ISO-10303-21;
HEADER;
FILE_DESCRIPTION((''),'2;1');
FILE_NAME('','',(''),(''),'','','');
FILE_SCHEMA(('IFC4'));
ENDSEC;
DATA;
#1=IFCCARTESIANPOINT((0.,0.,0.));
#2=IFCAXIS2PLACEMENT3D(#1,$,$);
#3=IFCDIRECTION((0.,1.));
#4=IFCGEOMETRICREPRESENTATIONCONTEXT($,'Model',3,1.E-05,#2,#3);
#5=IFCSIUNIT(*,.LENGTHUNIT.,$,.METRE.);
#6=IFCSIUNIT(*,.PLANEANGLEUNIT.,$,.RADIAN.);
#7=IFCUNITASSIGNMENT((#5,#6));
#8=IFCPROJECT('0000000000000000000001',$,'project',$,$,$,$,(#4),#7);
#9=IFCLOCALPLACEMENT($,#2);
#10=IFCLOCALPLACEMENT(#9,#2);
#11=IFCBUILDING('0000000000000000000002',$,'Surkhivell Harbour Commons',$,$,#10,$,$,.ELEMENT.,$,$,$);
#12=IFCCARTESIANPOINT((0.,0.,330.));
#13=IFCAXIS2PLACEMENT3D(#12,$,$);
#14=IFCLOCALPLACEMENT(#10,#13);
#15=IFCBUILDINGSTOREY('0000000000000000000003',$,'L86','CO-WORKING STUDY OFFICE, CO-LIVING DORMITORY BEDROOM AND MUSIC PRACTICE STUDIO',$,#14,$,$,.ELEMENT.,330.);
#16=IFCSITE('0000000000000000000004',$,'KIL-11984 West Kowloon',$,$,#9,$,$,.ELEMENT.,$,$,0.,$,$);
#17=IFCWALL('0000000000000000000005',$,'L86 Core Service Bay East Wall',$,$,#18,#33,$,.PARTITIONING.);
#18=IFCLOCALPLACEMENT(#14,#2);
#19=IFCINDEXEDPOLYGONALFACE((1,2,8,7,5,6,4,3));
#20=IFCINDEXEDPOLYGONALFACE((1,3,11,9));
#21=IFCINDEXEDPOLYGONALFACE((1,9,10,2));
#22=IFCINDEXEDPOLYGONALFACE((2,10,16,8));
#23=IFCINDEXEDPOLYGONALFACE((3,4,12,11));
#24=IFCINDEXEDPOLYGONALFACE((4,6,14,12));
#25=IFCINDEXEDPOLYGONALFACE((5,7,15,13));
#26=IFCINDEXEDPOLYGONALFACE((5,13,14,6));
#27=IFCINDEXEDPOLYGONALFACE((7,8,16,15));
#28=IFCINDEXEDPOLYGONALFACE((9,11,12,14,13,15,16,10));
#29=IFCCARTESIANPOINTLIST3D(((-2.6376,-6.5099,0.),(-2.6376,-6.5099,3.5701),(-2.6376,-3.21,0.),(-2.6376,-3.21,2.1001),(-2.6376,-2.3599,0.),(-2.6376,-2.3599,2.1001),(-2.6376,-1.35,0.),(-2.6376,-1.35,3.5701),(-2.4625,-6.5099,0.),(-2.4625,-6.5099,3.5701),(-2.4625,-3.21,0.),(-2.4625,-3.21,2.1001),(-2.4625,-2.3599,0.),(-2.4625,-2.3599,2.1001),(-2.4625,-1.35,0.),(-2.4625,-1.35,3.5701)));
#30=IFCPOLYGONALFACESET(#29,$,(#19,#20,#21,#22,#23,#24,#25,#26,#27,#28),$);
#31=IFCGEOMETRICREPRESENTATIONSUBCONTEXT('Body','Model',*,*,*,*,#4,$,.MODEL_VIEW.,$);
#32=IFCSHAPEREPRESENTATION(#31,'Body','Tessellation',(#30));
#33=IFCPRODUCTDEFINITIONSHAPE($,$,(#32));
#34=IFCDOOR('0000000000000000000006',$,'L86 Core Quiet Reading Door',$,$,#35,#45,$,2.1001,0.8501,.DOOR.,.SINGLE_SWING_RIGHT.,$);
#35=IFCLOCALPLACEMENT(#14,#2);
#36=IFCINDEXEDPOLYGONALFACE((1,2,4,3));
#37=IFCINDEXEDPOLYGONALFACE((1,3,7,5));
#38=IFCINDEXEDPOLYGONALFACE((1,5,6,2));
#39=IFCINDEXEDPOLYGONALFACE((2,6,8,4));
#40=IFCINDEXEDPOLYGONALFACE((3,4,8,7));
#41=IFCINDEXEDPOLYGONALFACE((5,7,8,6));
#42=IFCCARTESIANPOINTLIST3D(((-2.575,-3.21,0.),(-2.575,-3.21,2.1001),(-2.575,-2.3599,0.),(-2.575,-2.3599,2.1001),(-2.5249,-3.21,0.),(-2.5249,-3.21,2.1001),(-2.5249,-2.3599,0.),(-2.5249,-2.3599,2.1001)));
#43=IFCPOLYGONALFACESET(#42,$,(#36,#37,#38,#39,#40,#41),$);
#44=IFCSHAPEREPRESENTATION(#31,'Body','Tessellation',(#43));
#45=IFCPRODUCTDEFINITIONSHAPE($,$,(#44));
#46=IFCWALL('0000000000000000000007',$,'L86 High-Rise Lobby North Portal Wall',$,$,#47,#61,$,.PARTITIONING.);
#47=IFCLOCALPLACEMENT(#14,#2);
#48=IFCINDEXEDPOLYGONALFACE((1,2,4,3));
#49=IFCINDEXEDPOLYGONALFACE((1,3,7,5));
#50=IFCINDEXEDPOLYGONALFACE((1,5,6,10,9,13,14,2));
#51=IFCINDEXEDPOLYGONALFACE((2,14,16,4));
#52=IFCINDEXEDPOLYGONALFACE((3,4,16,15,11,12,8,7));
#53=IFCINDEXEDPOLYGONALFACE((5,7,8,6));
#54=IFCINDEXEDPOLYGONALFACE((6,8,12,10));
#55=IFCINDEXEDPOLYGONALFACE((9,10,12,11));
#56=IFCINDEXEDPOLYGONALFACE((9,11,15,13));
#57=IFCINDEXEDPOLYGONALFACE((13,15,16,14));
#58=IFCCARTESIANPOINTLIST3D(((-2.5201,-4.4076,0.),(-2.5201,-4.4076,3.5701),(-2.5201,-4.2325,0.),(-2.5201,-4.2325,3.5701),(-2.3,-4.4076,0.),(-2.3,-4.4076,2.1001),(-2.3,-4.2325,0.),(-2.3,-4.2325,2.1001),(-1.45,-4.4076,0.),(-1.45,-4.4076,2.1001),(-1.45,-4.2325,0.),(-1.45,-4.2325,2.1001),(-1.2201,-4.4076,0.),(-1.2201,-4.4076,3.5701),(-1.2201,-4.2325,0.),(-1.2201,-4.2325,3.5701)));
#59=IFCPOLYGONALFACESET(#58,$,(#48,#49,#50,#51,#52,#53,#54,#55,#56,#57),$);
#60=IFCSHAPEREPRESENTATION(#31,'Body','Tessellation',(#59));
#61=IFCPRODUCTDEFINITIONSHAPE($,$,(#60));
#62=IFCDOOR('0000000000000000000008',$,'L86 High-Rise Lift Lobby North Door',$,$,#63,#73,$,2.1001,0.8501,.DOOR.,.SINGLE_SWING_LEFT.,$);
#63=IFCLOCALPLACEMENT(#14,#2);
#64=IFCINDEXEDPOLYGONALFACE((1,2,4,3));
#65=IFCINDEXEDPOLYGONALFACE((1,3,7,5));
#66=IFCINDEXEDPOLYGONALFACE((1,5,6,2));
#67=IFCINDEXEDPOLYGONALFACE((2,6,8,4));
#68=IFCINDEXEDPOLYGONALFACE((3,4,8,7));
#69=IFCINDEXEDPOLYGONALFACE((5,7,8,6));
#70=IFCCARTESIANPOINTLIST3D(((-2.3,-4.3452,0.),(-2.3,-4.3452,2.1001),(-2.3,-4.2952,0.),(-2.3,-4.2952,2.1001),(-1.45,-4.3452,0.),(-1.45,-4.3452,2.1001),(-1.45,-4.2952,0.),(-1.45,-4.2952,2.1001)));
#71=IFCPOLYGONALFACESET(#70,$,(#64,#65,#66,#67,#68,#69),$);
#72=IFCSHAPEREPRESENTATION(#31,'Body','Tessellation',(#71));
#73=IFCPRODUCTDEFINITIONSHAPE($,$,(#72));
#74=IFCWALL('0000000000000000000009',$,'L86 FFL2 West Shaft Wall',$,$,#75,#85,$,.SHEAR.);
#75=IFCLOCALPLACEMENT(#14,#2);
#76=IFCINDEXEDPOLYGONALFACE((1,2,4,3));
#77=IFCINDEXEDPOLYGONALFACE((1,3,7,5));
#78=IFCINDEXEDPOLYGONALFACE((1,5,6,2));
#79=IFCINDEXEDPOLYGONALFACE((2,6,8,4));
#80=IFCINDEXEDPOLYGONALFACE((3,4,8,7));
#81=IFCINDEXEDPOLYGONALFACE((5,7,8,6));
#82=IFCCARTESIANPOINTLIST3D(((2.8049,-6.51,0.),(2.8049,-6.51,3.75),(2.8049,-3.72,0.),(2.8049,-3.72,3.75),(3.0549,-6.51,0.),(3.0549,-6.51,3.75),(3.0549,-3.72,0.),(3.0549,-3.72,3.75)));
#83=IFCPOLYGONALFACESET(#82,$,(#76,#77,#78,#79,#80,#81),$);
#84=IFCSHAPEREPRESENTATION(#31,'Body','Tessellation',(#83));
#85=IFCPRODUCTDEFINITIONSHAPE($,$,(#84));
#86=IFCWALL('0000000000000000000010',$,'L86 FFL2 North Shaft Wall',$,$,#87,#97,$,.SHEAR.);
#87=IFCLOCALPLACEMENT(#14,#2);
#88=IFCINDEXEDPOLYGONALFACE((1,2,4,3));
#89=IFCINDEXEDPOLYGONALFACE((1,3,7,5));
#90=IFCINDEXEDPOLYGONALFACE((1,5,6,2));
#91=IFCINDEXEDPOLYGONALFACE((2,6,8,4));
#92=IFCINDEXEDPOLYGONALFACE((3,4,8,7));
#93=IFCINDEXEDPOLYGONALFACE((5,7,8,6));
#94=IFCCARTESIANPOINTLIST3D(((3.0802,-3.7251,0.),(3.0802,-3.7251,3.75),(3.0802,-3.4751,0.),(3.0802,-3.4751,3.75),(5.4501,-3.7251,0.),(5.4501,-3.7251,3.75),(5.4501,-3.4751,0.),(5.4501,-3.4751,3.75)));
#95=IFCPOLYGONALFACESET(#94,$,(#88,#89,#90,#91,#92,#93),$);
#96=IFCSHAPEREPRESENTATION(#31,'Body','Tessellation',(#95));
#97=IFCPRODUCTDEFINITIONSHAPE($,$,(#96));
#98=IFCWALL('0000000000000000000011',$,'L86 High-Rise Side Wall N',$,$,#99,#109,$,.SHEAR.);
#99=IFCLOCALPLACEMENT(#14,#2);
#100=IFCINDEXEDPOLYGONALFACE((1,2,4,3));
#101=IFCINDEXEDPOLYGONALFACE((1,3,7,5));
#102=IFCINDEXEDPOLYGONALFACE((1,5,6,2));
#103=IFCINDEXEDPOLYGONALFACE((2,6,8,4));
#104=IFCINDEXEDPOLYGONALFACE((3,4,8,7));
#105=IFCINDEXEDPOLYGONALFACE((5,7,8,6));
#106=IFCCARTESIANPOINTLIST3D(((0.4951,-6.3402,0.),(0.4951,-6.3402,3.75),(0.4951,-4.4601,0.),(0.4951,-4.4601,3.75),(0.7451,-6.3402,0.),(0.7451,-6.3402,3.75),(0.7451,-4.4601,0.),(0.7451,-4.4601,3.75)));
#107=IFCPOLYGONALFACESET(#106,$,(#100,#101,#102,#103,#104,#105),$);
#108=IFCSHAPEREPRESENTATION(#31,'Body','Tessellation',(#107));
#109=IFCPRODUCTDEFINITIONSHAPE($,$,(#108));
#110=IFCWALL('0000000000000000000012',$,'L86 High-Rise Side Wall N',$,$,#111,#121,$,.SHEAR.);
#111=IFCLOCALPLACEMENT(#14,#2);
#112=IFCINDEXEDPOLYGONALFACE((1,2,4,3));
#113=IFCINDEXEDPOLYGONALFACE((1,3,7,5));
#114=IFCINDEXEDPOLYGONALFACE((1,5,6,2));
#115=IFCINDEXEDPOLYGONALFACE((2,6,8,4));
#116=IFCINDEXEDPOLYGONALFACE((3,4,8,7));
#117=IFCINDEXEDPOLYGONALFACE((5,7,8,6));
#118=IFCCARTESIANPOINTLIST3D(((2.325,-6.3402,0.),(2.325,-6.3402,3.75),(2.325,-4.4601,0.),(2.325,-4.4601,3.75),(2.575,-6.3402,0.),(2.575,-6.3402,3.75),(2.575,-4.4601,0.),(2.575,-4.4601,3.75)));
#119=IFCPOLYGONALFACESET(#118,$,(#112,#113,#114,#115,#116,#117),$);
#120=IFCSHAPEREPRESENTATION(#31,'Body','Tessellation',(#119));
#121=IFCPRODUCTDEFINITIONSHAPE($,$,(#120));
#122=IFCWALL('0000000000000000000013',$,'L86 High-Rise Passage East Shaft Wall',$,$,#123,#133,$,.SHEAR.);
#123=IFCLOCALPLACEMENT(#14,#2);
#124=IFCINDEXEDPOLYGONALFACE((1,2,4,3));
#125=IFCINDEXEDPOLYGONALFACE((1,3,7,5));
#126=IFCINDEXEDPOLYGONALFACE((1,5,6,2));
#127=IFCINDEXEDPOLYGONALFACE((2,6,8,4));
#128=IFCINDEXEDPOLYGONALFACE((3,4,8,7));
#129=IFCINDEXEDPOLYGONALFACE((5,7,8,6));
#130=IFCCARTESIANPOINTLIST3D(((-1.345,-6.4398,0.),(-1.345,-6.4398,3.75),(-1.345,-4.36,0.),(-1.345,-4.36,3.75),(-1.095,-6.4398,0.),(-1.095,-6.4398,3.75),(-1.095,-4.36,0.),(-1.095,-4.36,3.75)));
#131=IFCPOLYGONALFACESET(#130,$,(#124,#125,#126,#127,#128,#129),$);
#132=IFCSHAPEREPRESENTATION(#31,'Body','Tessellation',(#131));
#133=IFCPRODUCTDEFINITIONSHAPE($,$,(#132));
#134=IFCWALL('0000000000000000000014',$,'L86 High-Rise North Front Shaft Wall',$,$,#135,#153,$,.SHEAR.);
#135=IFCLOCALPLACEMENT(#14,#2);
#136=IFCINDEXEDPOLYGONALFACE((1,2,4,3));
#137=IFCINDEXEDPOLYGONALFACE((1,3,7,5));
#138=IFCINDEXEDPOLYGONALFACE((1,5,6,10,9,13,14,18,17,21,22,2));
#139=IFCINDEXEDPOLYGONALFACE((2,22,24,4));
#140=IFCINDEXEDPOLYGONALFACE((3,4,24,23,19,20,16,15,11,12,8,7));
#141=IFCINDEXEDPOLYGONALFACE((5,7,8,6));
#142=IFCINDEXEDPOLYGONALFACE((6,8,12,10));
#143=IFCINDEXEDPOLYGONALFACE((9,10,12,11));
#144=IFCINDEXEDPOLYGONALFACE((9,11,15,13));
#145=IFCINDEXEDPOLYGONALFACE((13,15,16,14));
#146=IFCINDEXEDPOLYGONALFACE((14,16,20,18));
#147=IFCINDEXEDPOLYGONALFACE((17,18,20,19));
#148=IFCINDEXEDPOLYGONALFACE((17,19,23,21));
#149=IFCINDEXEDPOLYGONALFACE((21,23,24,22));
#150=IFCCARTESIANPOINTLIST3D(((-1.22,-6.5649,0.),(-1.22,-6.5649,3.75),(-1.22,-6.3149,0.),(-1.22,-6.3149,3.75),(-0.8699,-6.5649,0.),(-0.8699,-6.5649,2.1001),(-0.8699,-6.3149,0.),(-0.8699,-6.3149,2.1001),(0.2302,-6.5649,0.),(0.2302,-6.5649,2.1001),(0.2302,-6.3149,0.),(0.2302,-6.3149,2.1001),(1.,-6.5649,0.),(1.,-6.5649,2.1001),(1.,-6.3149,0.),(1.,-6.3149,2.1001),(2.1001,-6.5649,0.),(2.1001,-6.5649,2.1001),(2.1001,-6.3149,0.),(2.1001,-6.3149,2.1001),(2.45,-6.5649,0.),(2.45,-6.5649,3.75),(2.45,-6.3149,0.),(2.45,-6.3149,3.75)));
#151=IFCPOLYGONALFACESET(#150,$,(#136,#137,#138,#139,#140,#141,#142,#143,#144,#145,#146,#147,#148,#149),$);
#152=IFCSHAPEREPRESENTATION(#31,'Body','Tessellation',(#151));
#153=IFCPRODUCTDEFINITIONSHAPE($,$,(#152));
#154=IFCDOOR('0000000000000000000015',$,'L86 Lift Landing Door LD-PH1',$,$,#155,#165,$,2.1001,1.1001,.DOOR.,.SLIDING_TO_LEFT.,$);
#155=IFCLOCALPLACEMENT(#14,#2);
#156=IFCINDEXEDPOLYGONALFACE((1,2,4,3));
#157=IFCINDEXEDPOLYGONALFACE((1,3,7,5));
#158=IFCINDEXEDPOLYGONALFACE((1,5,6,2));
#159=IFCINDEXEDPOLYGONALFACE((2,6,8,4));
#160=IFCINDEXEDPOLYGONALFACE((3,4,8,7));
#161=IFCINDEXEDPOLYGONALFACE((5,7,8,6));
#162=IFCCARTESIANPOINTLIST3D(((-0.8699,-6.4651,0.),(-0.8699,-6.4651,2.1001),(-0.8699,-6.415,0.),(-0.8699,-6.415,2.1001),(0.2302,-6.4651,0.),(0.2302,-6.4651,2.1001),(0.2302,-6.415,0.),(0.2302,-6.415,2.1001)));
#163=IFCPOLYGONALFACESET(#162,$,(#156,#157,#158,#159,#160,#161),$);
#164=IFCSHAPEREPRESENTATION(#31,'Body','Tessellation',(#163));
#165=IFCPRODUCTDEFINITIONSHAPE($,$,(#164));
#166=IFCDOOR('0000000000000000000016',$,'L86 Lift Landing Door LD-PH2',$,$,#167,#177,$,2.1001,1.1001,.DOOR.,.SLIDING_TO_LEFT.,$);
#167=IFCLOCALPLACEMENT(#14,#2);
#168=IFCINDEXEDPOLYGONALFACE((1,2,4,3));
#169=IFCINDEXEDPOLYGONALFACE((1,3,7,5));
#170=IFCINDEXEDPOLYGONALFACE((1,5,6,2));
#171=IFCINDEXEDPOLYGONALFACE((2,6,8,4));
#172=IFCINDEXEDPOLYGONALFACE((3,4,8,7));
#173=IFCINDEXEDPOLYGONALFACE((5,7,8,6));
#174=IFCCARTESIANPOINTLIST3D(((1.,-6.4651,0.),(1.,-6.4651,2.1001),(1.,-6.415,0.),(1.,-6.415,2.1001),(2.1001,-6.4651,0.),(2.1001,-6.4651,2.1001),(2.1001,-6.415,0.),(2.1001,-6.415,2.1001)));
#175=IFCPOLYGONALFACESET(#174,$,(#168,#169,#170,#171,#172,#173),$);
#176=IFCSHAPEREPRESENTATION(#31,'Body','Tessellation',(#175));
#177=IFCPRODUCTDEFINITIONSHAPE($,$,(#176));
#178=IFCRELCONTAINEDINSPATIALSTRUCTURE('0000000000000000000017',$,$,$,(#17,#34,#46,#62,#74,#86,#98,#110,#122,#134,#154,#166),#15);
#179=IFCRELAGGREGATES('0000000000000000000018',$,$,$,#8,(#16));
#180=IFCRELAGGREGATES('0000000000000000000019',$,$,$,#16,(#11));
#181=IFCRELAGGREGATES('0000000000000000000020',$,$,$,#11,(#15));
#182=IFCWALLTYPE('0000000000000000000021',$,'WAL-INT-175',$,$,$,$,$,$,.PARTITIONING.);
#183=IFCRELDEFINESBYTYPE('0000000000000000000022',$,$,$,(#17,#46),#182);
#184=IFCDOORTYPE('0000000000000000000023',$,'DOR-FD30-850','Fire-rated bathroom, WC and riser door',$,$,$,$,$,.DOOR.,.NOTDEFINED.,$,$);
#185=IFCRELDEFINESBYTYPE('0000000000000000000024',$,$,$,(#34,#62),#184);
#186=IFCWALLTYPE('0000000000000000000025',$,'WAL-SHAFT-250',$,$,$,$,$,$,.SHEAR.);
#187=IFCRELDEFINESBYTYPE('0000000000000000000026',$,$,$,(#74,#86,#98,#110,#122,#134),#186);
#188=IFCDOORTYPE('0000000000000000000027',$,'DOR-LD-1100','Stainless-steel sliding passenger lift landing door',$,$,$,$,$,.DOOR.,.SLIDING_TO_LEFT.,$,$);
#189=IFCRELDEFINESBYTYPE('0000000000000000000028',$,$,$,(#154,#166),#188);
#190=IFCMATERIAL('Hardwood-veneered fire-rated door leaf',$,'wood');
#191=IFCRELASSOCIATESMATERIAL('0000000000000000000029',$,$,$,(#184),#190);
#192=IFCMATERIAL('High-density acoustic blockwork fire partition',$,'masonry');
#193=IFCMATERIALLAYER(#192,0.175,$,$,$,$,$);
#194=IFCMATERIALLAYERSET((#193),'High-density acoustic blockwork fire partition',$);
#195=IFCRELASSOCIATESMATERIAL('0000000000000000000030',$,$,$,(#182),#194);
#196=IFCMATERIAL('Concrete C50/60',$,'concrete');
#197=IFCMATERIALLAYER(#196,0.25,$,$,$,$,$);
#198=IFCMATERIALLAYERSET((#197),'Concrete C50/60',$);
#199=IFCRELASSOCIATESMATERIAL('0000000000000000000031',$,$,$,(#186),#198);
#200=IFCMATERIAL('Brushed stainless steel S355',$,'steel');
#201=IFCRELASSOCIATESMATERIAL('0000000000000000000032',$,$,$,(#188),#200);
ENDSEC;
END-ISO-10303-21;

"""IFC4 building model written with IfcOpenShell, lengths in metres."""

from ifc_helpers import new_model, si_unit, direction, frame, frame_2d, origin, place, context, subcontext, project, spatial, rectangle, extrude, material, layer, layer_set, type_object, element, fill, save


model = new_model("IFC4")

# Units and contexts
model_context = context("Model", 3, precision=1e-05, world=origin(), true_north=direction((0.0, 1.0)))
body_context = subcontext(model_context, "Body", "Model", "MODEL_VIEW")
ifc_project = project(units=[si_unit("LENGTHUNIT", "METRE"), si_unit("PLANEANGLEUNIT", "RADIAN")], contexts=[model_context])

# Site, building, storey
site_placement = place(None, origin())
site = spatial("IfcSite", under=ifc_project, at=site_placement, Name="KIL-11984 West Kowloon", CompositionType="ELEMENT", RefElevation=0.0)
building_placement = place(site_placement, origin())
building = spatial("IfcBuilding", under=site, at=building_placement, Name="Surkhivell Harbour Commons", CompositionType="ELEMENT")
storey_placement = place(building_placement, frame((0.0, 0.0, 330.0)))
storey = spatial("IfcBuildingStorey", under=building, at=storey_placement, Name="L86", Description="CO-WORKING STUDY OFFICE, CO-LIVING DORMITORY BEDROOM AND MUSIC PRACTICE STUDIO", CompositionType="ELEMENT", Elevation=330.0)

# Walls, openings, doors
ifc_material_1 = material(Name="Hardwood-veneered fire-rated door leaf", Category="wood")
door_type_1 = type_object("IfcDoorType", Name="DOR-FD30-850", Description="Fire-rated bathroom, WC and riser door", OperationType="NOTDEFINED", PredefinedType="DOOR", material=ifc_material_1)
ifc_material_2 = material(Name="High-density acoustic blockwork fire partition", Category="masonry")
ifc_layer_1 = layer(ifc_material_2, 0.175)
ifc_layer_set_1 = layer_set([ifc_layer_1], Name="High-density acoustic blockwork fire partition")
wall_type_1 = type_object("IfcWallType", Name="WAL-INT-175", PredefinedType="PARTITIONING", material=ifc_layer_set_1)
wall_1_placement = place(storey_placement, frame((-2.55, -6.51, 0.0), z_axis=(0.0, 0.0, 1.0), x_axis=(0.0, 1.0, 0.0)))
wall_1 = element("IfcWall", 1, at=wall_1_placement, inside=storey, type_object=wall_type_1, Name="L86 Core Service Bay East Wall", PredefinedType="PARTITIONING", context=body_context, shape_type="SweptSolid", body=[
    extrude(rectangle(XDim=5.1599, YDim=0.175, at=frame_2d((2.5801, 0.0))), origin(), (0.0, 0.0, 1.0), 3.5701),
])
opening_1_placement = place(wall_1_placement, frame((3.3, 0.0, 0.0)))
opening_1 = element("IfcOpeningElement", 2, at=opening_1_placement, cuts=wall_1, PredefinedType="OPENING", context=body_context, shape_type="SweptSolid", body=[
    extrude(rectangle(XDim=0.8501, YDim=2.1001, at=frame_2d((0.425, 1.05))), frame((0.0, 0.0974, 0.0), z_axis=(0.0, -1.0, 0.0), x_axis=(1.0, 0.0, 0.0)), (0.0, 0.0, 1.0), 0.1951),
])
door_1_placement = place(opening_1_placement, origin())
door_1 = element("IfcDoor", 3, at=door_1_placement, inside=storey, type_object=door_type_1, Name="L86 Core Quiet Reading Door", OperationType="SINGLE_SWING_RIGHT", OverallHeight=2.1001, OverallWidth=0.8501, PredefinedType="DOOR", context=body_context, shape_type="SweptSolid", body=[
    extrude(rectangle(XDim=0.8501, YDim=2.1001, at=frame_2d((0.425, 1.05))), frame((0.0, 0.0249, 0.0), z_axis=(0.0, -1.0, 0.0), x_axis=(1.0, 0.0, 0.0)), (0.0, 0.0, 1.0), 0.05),
])
fill(opening_1, door_1)
wall_2_placement = place(storey_placement, frame((-2.52, -4.3201, 0.0), z_axis=(0.0, 0.0, 1.0), x_axis=(1.0, 0.0, 0.0)))
wall_2 = element("IfcWall", 4, at=wall_2_placement, inside=storey, type_object=wall_type_1, Name="L86 High-Rise Lobby North Portal Wall", PredefinedType="PARTITIONING", context=body_context, shape_type="SweptSolid", body=[
    extrude(rectangle(XDim=1.3, YDim=0.175, at=frame_2d((0.6499, 0.0))), origin(), (0.0, 0.0, 1.0), 3.5701),
])
opening_2_placement = place(wall_2_placement, frame((0.22, 0.0, 0.0)))
opening_2 = element("IfcOpeningElement", 5, at=opening_2_placement, cuts=wall_2, PredefinedType="OPENING", context=body_context, shape_type="SweptSolid", body=[
    extrude(rectangle(XDim=0.8501, YDim=2.1001, at=frame_2d((0.425, 1.05))), frame((0.0, 0.0974, 0.0), z_axis=(0.0, -1.0, 0.0), x_axis=(1.0, 0.0, 0.0)), (0.0, 0.0, 1.0), 0.1951),
])
door_2_placement = place(opening_2_placement, origin())
door_2 = element("IfcDoor", 6, at=door_2_placement, inside=storey, type_object=door_type_1, Name="L86 High-Rise Lift Lobby North Door", OperationType="SINGLE_SWING_LEFT", OverallHeight=2.1001, OverallWidth=0.8501, PredefinedType="DOOR", context=body_context, shape_type="SweptSolid", body=[
    extrude(rectangle(XDim=0.8501, YDim=2.1001, at=frame_2d((0.425, 1.05))), frame((0.0, 0.0249, 0.0), z_axis=(0.0, -1.0, 0.0), x_axis=(1.0, 0.0, 0.0)), (0.0, 0.0, 1.0), 0.05),
])
fill(opening_2, door_2)

# Walls
ifc_material_3 = material(Name="Concrete C50/60", Category="concrete")
ifc_layer_2 = layer(ifc_material_3, 0.25)
ifc_layer_set_2 = layer_set([ifc_layer_2], Name="Concrete C50/60")
wall_type_2 = type_object("IfcWallType", Name="WAL-SHAFT-250", PredefinedType="SHEAR", material=ifc_layer_set_2)
wall_3_placement = place(storey_placement, frame((2.9299, -6.51, 0.0), z_axis=(0.0, 0.0, 1.0), x_axis=(0.0, 1.0, 0.0)))
element("IfcWall", 7, at=wall_3_placement, inside=storey, type_object=wall_type_2, Name="L86 FFL2 West Shaft Wall", PredefinedType="SHEAR", context=body_context, shape_type="SweptSolid", body=[
    extrude(rectangle(XDim=2.79, YDim=0.25, at=frame_2d((1.395, 0.0))), origin(), (0.0, 0.0, 1.0), 3.75),
])
wall_4_placement = place(storey_placement, frame((3.0801, -3.6001, 0.0), z_axis=(0.0, 0.0, 1.0), x_axis=(1.0, 0.0, 0.0)))
element("IfcWall", 8, at=wall_4_placement, inside=storey, type_object=wall_type_2, Name="L86 FFL2 North Shaft Wall", PredefinedType="SHEAR", context=body_context, shape_type="SweptSolid", body=[
    extrude(rectangle(XDim=2.3699, YDim=0.25, at=frame_2d((1.1851, 0.0))), origin(), (0.0, 0.0, 1.0), 3.75),
])
for number, where, z_axis, x_axis, name in (
    (9, (0.6201, -6.3401, 0.0), (0.0, 0.0, 1.0), (0.0, 1.0, 0.0), "L86 High-Rise Side Wall N"),
    (10, (2.45, -6.3401, 0.0), (0.0, 0.0, 1.0), (0.0, 1.0, 0.0), "L86 High-Rise Side Wall N"),
):
    element("IfcWall", number, at=place(storey_placement, frame(where, z_axis=z_axis, x_axis=x_axis)), inside=storey, type_object=wall_type_2, Name=name, PredefinedType="SHEAR", context=body_context, shape_type="SweptSolid", body=[
        extrude(rectangle(XDim=1.8801, YDim=0.25, at=frame_2d((0.9399, 0.0))), origin(), (0.0, 0.0, 1.0), 3.75),
    ])
wall_5_placement = place(storey_placement, frame((-1.22, -6.4399, 0.0), z_axis=(0.0, 0.0, 1.0), x_axis=(0.0, 1.0, 0.0)))
element("IfcWall", 11, at=wall_5_placement, inside=storey, type_object=wall_type_2, Name="L86 High-Rise Passage East Shaft Wall", PredefinedType="SHEAR", context=body_context, shape_type="SweptSolid", body=[
    extrude(rectangle(XDim=2.0798, YDim=0.25, at=frame_2d((1.04, 0.0))), origin(), (0.0, 0.0, 1.0), 3.75),
])

# Wall, openings, doors
wall_6_placement = place(storey_placement, frame((-1.22, -6.4399, 0.0), z_axis=(0.0, 0.0, 1.0), x_axis=(1.0, 0.0, 0.0)))
wall_6 = element("IfcWall", 12, at=wall_6_placement, inside=storey, type_object=wall_type_2, Name="L86 High-Rise North Front Shaft Wall", PredefinedType="SHEAR", context=body_context, shape_type="SweptSolid", body=[
    extrude(rectangle(XDim=3.6699, YDim=0.25, at=frame_2d((1.835, 0.0))), origin(), (0.0, 0.0, 1.0), 3.75),
])
opening_3_placement = place(wall_6_placement, frame((0.3501, 0.0, 0.0)))
opening_3 = element("IfcOpeningElement", 13, at=opening_3_placement, cuts=wall_6, PredefinedType="OPENING", context=body_context, shape_type="SweptSolid", body=[
    extrude(rectangle(XDim=1.1001, YDim=2.1001, at=frame_2d((0.55, 1.05))), frame((0.0, 0.135, 0.0), z_axis=(0.0, -1.0, 0.0), x_axis=(1.0, 0.0, 0.0)), (0.0, 0.0, 1.0), 0.27),
])
opening_4_placement = place(wall_6_placement, frame((2.22, 0.0, 0.0)))
opening_4 = element("IfcOpeningElement", 14, at=opening_4_placement, cuts=wall_6, PredefinedType="OPENING", context=body_context, shape_type="SweptSolid", body=[
    extrude(rectangle(XDim=1.1001, YDim=2.1001, at=frame_2d((0.55, 1.05))), frame((0.0, 0.135, 0.0), z_axis=(0.0, -1.0, 0.0), x_axis=(1.0, 0.0, 0.0)), (0.0, 0.0, 1.0), 0.27),
])
ifc_material_4 = material(Name="Brushed stainless steel S355", Category="steel")
door_type_2 = type_object("IfcDoorType", Name="DOR-LD-1100", Description="Stainless-steel sliding passenger lift landing door", OperationType="SLIDING_TO_LEFT", PredefinedType="DOOR", material=ifc_material_4)
door_3_placement = place(opening_3_placement, origin())
door_3 = element("IfcDoor", 15, at=door_3_placement, inside=storey, type_object=door_type_2, Name="L86 Lift Landing Door LD-PH1", OperationType="SLIDING_TO_LEFT", OverallHeight=2.1001, OverallWidth=1.1001, PredefinedType="DOOR", context=body_context, shape_type="SweptSolid", body=[
    extrude(rectangle(XDim=1.1001, YDim=2.1001, at=frame_2d((0.55, 1.05))), frame((0.0, 0.0249, 0.0), z_axis=(0.0, -1.0, 0.0), x_axis=(1.0, 0.0, 0.0)), (0.0, 0.0, 1.0), 0.05),
])
fill(opening_3, door_3)
door_4_placement = place(opening_4_placement, origin())
door_4 = element("IfcDoor", 16, at=door_4_placement, inside=storey, type_object=door_type_2, Name="L86 Lift Landing Door LD-PH2", OperationType="SLIDING_TO_LEFT", OverallHeight=2.1001, OverallWidth=1.1001, PredefinedType="DOOR", context=body_context, shape_type="SweptSolid", body=[
    extrude(rectangle(XDim=1.1001, YDim=2.1001, at=frame_2d((0.55, 1.05))), frame((0.0, 0.0249, 0.0), z_axis=(0.0, -1.0, 0.0), x_axis=(1.0, 0.0, 0.0)), (0.0, 0.0, 1.0), 0.05),
])
fill(opening_4, door_4)

save(model, "model.ifc")
